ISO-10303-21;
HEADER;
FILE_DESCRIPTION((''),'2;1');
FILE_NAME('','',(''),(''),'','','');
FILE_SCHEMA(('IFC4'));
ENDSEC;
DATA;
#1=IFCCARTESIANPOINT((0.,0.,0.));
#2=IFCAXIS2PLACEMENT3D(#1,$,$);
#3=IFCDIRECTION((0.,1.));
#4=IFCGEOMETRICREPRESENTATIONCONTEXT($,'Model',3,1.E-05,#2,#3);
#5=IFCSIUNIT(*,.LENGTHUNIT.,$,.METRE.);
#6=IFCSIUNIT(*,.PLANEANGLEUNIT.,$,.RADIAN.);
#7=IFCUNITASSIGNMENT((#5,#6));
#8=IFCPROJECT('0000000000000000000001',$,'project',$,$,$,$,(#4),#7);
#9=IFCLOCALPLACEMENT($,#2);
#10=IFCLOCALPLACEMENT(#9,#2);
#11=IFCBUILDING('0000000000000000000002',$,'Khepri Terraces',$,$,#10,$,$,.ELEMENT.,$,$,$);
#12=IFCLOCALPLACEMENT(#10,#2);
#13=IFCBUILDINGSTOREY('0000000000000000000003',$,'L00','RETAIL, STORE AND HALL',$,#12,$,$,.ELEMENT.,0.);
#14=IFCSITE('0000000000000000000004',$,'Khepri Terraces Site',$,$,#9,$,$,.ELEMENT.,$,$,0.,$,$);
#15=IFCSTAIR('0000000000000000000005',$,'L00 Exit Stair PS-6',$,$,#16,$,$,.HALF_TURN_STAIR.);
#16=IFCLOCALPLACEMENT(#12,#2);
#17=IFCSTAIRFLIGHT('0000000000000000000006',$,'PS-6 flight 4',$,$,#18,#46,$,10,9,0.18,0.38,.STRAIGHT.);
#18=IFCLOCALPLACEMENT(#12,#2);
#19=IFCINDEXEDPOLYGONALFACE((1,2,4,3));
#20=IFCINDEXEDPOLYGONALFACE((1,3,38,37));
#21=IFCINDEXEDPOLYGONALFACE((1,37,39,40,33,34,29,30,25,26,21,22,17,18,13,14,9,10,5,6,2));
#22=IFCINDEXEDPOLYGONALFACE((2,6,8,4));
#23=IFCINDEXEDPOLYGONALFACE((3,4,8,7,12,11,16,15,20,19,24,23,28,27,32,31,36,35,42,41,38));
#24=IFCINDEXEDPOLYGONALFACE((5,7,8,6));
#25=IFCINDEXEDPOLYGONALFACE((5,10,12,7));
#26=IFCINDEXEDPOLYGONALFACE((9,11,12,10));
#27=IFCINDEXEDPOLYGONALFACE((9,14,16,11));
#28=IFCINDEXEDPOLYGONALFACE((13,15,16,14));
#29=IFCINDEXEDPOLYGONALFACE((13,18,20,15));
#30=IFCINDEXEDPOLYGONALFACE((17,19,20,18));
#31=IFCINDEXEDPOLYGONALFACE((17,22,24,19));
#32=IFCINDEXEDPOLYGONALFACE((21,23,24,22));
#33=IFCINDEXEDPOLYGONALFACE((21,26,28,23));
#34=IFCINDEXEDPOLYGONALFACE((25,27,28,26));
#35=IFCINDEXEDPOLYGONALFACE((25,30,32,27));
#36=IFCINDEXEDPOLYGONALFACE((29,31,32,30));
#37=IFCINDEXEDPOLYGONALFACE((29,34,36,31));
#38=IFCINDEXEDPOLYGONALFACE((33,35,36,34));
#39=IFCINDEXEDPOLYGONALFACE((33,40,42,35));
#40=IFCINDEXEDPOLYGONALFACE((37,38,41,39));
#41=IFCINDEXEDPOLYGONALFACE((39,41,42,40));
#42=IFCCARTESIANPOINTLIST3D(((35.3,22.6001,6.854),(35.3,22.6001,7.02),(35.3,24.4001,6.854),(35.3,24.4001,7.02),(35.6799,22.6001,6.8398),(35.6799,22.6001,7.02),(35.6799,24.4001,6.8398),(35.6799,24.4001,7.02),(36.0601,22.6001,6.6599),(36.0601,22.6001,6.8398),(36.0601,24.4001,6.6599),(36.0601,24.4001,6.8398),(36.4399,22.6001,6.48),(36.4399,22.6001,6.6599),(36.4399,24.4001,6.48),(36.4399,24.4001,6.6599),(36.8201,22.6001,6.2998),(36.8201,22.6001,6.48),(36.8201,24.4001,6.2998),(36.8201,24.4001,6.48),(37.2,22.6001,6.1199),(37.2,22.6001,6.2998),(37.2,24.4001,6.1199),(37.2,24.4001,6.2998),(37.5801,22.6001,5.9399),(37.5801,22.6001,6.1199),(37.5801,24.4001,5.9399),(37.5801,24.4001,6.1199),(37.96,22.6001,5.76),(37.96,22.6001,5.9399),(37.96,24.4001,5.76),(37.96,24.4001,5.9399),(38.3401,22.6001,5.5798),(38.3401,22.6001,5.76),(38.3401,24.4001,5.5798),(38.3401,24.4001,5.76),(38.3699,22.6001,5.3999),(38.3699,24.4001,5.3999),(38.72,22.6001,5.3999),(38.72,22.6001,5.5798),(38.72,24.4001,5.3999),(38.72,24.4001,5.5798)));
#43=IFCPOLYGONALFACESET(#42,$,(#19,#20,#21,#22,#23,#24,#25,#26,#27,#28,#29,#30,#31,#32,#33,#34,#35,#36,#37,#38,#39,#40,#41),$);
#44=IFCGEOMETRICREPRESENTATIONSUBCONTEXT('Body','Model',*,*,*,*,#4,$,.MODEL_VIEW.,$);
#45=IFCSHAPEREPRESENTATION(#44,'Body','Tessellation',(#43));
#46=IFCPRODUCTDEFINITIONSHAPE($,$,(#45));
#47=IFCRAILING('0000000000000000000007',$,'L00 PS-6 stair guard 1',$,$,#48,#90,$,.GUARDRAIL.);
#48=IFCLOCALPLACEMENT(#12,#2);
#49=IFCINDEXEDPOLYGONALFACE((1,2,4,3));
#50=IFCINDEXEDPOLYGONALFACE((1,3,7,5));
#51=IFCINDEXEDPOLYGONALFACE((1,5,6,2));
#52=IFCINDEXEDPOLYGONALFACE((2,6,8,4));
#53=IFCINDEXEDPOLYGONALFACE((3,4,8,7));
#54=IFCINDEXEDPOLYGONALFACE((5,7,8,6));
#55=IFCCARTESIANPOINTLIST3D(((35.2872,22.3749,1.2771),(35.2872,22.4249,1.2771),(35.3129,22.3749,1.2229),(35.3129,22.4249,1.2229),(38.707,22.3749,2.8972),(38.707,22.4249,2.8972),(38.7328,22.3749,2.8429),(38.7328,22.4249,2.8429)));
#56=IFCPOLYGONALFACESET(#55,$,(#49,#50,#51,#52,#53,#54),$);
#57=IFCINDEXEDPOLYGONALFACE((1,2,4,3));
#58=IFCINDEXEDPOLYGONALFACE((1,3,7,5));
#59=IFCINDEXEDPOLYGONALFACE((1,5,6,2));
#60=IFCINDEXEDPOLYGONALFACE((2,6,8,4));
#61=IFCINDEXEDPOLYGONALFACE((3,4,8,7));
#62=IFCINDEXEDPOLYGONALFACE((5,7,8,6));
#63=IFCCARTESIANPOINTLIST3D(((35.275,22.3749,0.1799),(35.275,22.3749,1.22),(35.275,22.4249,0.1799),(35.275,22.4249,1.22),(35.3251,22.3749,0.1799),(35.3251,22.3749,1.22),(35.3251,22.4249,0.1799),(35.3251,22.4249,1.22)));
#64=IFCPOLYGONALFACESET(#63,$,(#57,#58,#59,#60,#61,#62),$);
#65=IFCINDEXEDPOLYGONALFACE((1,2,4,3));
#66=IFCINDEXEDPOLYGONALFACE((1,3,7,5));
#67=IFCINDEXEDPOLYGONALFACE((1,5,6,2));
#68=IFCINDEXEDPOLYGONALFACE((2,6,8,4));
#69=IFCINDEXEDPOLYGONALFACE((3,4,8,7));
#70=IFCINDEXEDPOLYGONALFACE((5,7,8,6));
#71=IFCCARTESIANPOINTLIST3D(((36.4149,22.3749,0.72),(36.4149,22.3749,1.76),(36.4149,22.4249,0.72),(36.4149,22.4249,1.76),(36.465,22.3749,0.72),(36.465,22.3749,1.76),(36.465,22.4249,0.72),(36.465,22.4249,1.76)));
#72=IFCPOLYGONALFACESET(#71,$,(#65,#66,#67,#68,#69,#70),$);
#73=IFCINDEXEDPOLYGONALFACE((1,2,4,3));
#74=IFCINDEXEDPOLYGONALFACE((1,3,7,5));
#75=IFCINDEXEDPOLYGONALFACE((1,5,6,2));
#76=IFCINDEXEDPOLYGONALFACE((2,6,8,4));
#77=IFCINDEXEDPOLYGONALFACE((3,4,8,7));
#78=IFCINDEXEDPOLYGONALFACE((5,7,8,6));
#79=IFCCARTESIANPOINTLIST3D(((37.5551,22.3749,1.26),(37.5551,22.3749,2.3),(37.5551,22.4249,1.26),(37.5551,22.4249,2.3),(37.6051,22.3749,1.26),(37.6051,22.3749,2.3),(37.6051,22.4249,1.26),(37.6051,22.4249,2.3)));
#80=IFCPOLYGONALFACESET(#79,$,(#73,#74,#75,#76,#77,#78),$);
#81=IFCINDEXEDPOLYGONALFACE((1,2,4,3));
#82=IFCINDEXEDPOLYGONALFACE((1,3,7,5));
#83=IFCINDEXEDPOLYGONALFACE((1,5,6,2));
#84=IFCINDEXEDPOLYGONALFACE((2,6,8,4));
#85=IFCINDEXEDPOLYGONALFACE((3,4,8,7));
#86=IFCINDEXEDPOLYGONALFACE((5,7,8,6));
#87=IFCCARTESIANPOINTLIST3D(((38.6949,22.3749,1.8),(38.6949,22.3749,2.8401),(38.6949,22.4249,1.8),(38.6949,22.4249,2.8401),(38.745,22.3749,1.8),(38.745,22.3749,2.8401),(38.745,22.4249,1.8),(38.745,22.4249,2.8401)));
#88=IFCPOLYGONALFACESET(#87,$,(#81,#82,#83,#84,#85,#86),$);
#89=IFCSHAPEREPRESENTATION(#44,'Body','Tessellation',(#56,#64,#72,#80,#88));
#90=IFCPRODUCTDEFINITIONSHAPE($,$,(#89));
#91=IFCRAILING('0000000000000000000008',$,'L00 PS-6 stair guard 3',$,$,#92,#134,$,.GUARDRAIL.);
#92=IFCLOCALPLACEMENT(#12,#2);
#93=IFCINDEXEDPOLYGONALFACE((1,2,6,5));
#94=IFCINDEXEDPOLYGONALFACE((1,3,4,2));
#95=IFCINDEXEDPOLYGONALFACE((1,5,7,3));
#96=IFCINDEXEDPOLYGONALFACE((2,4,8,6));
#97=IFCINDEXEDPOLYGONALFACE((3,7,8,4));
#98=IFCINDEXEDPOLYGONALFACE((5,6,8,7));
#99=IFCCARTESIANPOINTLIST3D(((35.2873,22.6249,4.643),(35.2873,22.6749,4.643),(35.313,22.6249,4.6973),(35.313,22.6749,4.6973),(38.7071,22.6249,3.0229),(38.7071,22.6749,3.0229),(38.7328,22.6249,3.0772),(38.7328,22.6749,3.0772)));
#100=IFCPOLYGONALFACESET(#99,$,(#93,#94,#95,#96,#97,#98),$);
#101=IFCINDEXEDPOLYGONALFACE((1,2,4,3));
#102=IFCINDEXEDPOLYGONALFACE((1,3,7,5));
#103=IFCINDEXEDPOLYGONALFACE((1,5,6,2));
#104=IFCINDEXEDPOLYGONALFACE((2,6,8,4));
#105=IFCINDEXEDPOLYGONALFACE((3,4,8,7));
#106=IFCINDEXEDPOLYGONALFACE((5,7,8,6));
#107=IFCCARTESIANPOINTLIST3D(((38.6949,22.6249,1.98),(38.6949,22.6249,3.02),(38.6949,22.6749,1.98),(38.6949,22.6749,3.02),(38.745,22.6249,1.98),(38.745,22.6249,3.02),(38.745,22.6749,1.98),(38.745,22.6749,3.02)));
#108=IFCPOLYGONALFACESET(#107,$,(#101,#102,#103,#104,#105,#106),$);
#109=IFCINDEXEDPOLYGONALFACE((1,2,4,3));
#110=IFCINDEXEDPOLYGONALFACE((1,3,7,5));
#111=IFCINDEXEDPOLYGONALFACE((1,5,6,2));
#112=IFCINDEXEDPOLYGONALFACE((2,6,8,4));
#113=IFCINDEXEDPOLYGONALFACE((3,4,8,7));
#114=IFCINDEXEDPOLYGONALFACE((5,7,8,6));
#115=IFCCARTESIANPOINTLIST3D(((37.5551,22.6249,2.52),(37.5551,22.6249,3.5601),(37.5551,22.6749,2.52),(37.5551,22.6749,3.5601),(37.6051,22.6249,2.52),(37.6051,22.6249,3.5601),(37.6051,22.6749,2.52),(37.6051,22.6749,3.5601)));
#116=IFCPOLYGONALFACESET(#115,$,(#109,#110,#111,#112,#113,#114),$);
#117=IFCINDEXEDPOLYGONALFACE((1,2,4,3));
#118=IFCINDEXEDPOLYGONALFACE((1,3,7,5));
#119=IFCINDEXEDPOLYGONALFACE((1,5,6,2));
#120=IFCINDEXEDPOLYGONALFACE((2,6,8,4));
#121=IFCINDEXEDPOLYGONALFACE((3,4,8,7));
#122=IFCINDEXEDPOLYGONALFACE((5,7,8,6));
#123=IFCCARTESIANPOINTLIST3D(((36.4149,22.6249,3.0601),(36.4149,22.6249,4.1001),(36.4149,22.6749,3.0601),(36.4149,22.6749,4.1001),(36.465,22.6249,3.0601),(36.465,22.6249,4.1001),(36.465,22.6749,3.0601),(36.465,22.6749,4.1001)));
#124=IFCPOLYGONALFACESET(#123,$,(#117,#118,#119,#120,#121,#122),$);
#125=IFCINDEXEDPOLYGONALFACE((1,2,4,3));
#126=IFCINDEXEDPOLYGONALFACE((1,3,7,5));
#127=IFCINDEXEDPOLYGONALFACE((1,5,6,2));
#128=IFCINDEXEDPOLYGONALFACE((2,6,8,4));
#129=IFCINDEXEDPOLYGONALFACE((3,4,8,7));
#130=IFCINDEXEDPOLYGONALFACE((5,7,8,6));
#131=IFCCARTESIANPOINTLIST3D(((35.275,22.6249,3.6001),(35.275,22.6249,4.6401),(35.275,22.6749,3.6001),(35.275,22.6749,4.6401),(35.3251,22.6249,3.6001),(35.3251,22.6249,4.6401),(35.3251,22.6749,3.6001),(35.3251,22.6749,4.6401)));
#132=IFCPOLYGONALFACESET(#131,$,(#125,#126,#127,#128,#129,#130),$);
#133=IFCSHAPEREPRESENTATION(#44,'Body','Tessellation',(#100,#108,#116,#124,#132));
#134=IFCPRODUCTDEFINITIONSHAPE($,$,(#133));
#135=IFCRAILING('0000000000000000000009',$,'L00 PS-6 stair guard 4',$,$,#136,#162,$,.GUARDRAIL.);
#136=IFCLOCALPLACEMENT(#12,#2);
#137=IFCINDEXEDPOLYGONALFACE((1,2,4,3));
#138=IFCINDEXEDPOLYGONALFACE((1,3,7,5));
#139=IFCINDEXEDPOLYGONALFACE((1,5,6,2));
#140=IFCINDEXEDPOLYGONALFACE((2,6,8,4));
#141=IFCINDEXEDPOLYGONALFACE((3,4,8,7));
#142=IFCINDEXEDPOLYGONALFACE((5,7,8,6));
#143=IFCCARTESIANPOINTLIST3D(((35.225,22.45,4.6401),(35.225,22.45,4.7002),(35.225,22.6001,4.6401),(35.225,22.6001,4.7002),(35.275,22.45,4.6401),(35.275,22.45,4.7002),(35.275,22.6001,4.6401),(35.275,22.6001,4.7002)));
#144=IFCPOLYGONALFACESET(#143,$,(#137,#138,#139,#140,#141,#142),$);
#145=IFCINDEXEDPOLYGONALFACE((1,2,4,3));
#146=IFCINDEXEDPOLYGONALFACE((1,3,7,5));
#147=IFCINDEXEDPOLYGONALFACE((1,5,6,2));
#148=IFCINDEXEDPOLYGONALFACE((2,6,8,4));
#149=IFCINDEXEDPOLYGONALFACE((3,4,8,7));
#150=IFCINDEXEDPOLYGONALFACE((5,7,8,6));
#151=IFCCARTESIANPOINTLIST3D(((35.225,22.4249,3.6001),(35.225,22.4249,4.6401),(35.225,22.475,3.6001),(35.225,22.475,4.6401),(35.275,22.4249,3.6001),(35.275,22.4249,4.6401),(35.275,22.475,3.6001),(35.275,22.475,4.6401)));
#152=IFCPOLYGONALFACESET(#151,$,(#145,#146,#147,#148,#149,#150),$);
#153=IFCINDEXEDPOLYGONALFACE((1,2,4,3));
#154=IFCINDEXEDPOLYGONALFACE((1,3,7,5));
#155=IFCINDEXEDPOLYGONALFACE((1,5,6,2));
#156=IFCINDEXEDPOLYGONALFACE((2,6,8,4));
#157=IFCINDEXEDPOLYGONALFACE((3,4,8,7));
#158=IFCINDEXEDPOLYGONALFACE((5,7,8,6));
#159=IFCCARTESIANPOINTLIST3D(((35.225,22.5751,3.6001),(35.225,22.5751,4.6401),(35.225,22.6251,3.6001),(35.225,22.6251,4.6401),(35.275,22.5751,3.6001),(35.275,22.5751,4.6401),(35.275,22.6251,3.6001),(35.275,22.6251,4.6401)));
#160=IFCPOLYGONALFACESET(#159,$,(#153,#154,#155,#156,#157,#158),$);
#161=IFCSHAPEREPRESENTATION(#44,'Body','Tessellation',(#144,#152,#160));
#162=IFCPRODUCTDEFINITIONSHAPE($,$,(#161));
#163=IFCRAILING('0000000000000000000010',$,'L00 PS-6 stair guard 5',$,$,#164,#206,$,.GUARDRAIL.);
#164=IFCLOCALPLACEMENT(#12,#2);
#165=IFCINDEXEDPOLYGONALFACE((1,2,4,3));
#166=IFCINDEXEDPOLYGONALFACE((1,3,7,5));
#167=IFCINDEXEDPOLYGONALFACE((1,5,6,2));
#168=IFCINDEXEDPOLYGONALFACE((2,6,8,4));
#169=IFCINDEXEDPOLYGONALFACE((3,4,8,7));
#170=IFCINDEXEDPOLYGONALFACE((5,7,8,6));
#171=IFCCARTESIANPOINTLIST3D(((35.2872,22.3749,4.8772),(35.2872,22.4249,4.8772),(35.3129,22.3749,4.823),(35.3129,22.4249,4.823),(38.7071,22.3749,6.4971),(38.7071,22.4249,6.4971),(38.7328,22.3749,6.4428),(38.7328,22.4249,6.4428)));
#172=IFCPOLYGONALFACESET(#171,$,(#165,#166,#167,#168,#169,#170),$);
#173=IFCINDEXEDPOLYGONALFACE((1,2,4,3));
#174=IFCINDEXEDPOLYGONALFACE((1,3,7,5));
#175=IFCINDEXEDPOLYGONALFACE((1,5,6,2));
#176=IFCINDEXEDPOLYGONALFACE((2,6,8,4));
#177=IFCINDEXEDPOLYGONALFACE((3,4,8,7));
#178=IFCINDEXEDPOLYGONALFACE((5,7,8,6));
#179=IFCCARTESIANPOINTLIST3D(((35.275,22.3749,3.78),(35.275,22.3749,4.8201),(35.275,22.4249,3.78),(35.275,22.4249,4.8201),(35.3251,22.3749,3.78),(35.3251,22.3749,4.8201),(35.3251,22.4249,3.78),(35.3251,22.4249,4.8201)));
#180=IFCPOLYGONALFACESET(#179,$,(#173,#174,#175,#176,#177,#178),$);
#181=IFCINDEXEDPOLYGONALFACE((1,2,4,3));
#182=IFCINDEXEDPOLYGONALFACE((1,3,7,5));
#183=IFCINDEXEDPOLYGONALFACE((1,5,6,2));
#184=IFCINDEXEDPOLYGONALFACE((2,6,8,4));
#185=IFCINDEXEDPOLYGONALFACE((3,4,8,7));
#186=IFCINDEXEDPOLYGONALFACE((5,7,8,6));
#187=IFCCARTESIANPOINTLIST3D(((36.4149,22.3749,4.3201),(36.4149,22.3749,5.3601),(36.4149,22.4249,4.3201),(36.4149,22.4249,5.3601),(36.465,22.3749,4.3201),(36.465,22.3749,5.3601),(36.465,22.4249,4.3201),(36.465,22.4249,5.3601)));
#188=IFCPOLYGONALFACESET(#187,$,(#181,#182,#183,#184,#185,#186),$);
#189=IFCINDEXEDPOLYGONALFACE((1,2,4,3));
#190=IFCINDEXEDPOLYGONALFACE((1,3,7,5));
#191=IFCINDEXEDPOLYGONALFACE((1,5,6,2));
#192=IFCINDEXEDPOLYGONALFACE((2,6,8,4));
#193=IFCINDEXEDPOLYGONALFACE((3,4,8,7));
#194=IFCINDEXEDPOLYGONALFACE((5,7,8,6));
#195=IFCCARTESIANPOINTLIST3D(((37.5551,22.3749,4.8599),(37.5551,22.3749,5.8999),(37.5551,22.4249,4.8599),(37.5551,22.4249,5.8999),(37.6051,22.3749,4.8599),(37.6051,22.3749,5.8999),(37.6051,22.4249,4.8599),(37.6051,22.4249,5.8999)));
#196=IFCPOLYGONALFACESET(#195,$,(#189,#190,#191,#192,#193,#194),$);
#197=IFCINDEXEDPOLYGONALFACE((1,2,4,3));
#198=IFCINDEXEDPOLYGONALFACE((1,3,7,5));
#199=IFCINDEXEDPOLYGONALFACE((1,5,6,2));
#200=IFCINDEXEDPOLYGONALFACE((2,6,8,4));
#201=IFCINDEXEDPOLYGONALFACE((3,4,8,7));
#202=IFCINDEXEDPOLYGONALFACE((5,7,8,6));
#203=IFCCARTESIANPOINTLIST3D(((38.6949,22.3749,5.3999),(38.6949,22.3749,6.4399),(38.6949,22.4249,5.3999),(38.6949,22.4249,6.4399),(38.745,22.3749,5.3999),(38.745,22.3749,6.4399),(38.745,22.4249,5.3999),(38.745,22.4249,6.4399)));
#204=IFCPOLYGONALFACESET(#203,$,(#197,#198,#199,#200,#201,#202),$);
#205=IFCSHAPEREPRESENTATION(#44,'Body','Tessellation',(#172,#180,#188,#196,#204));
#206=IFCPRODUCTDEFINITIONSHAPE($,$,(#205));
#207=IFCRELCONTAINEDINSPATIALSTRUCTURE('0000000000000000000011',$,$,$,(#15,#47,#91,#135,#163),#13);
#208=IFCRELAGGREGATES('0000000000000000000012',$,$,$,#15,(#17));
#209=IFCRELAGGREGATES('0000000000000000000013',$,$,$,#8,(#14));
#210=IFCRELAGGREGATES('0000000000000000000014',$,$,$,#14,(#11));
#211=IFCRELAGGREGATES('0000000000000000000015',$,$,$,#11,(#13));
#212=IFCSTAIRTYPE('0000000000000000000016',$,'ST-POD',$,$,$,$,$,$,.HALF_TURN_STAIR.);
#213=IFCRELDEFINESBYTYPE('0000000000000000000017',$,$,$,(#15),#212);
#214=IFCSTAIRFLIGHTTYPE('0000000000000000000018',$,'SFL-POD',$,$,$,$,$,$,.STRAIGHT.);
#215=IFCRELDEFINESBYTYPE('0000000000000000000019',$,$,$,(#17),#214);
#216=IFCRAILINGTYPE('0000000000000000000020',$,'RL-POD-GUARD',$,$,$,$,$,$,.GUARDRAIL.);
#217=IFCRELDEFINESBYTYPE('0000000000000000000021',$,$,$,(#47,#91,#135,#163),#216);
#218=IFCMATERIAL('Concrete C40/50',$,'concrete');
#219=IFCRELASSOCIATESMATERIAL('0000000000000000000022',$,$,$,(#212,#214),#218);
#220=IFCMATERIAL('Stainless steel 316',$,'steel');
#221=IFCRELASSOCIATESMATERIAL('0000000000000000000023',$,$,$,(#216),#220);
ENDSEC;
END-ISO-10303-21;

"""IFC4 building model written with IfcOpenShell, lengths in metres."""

from ifc_helpers import new_model, si_unit, direction, frame, origin, origin_2d, place, context, subcontext, project, spatial, polyline, rectangle, outline, extrude, material, type_object, element, aggregate, save


model = new_model("IFC4")

# Units and contexts
model_context = context("Model", 3, precision=1e-05, world=origin(), true_north=direction((0.0, 1.0)))
body_context = subcontext(model_context, "Body", "Model", "MODEL_VIEW")
ifc_project = project(units=[si_unit("LENGTHUNIT", "METRE"), si_unit("PLANEANGLEUNIT", "RADIAN")], contexts=[model_context])

# Site, building, storey
site_placement = place(None, origin())
site = spatial("IfcSite", under=ifc_project, at=site_placement, Name="Khepri Terraces Site", CompositionType="ELEMENT", RefElevation=0.0)
building_placement = place(site_placement, origin())
building = spatial("IfcBuilding", under=site, at=building_placement, Name="Khepri Terraces", CompositionType="ELEMENT")
storey_placement = place(building_placement, origin())
storey = spatial("IfcBuildingStorey", under=building, at=storey_placement, Name="L00", Description="RETAIL, STORE AND HALL", CompositionType="ELEMENT", Elevation=0.0)

# Shared definitions
ifc_material_1 = material(Name="Concrete C40/50", Category="concrete")

# Stair, stair flight
stair_type = type_object("IfcStairType", Name="ST-POD", PredefinedType="HALF_TURN_STAIR", material=ifc_material_1)
stair_placement = place(storey_placement, origin())
stair = element("IfcStair", 1, at=stair_placement, inside=storey, type_object=stair_type, Name="L00 Exit Stair PS-6", PredefinedType="HALF_TURN_STAIR")
stair_flight_type = type_object("IfcStairFlightType", Name="SFL-POD", PredefinedType="STRAIGHT", material=ifc_material_1)
stair_flight_1_placement = place(storey_placement, frame((38.72, 23.5, 5.3999), z_axis=(0.0, 0.0, 1.0), x_axis=(-1.0, 0.0, 0.0)))
stair_flight_1 = element("IfcStairFlight", 2, at=stair_flight_1_placement, type_object=stair_flight_type, Name="PS-6 flight 4", NumberOfRisers=10, NumberOfTreads=9, PredefinedType="STRAIGHT", RiserHeight=0.18, TreadLength=0.38, context=body_context, shape_type="SweptSolid", body=[
    extrude(outline(polyline([(0.0, 0.0), (0.0, 0.1799), (0.3799, 0.1799), (0.3799, 0.3601), (0.76, 0.3601), (0.76, 0.54), (1.1399, 0.54), (1.1399, 0.72), (1.52, 0.72), (1.52, 0.8999), (1.8999, 0.8999), (1.8999, 1.0801), (2.28, 1.0801), (2.28, 1.26), (2.6599, 1.26), (2.6599, 1.4399), (3.04, 1.4399), (3.04, 1.6201), (3.4199, 1.6201), (3.4199, 1.8), (3.4199, 1.4541), (0.3501, 0.0), (0.0, 0.0)])), frame((0.0, 0.8999, 0.0), z_axis=(0.0, -1.0, 0.0), x_axis=(1.0, 0.0, 0.0)), (0.0, 0.0, 1.0), 1.8),
])
aggregate(stair, [stair_flight_1])

# Railings
ifc_material_2 = material(Name="Stainless steel 316", Category="steel")
railing_type_1 = type_object("IfcRailingType", Name="RL-POD-GUARD", PredefinedType="GUARDRAIL", material=ifc_material_2)
railing_1_placement = place(storey_placement, frame((35.3, 22.3999, 0.1799)))
element("IfcRailing", 3, at=railing_1_placement, inside=storey, type_object=railing_type_1, Name="L00 PS-6 stair guard 1", PredefinedType="GUARDRAIL", context=body_context, shape_type="SweptSolid", body=[
    extrude(rectangle(XDim=0.05, YDim=0.0601, at=origin_2d()), frame((0.0, 0.0, 1.0701), z_axis=(0.903722, 0.0, 0.42812), x_axis=(0.0, 1.0, 0.0)), (0.0, 0.0, 1.0), 3.7842),
    extrude(rectangle(XDim=0.05, YDim=0.05, at=origin_2d()), origin(), (0.0, 0.0, 1.0), 1.04),
    extrude(rectangle(XDim=0.05, YDim=0.05, at=origin_2d()), frame((1.1399, 0.0, 0.54)), (0.0, 0.0, 1.0), 1.04),
    extrude(rectangle(XDim=0.05, YDim=0.05, at=origin_2d()), frame((2.28, 0.0, 1.0801)), (0.0, 0.0, 1.0), 1.04),
    extrude(rectangle(XDim=0.05, YDim=0.05, at=origin_2d()), frame((3.4199, 0.0, 1.6201)), (0.0, 0.0, 1.0), 1.04),
])
railing_2_placement = place(storey_placement, frame((38.72, 22.6499, 1.98)))
element("IfcRailing", 4, at=railing_2_placement, inside=storey, type_object=railing_type_1, Name="L00 PS-6 stair guard 3", PredefinedType="GUARDRAIL", context=body_context, shape_type="SweptSolid", body=[
    extrude(rectangle(XDim=0.05, YDim=0.0601, at=origin_2d()), frame((0.0, 0.0, 1.0701), z_axis=(-0.903722, 0.0, 0.42812), x_axis=(0.0, -1.0, 0.0)), (0.0, 0.0, 1.0), 3.7842),
    extrude(rectangle(XDim=0.05, YDim=0.05, at=origin_2d()), origin(), (0.0, 0.0, 1.0), 1.04),
    extrude(rectangle(XDim=0.05, YDim=0.05, at=origin_2d()), frame((-1.1399, 0.0, 0.54)), (0.0, 0.0, 1.0), 1.04),
    extrude(rectangle(XDim=0.05, YDim=0.05, at=origin_2d()), frame((-2.28, 0.0, 1.0801)), (0.0, 0.0, 1.0), 1.04),
    extrude(rectangle(XDim=0.05, YDim=0.05, at=origin_2d()), frame((-3.4199, 0.0, 1.6201)), (0.0, 0.0, 1.0), 1.04),
])
railing_3_placement = place(storey_placement, frame((35.25, 22.45, 3.6001)))
element("IfcRailing", 5, at=railing_3_placement, inside=storey, type_object=railing_type_1, Name="L00 PS-6 stair guard 4", PredefinedType="GUARDRAIL", context=body_context, shape_type="SweptSolid", body=[
    extrude(rectangle(XDim=0.05, YDim=0.0601, at=origin_2d()), frame((0.0, 0.0, 1.0701), z_axis=(0.0, 1.0, 0.0), x_axis=(-1.0, 0.0, 0.0)), (0.0, 0.0, 1.0), 0.1501),
    extrude(rectangle(XDim=0.05, YDim=0.05, at=origin_2d()), origin(), (0.0, 0.0, 1.0), 1.04),
    extrude(rectangle(XDim=0.05, YDim=0.05, at=origin_2d()), frame((0.0, 0.1501, 0.0)), (0.0, 0.0, 1.0), 1.04),
])
railing_4_placement = place(storey_placement, frame((35.3, 22.3999, 3.78)))
element("IfcRailing", 6, at=railing_4_placement, inside=storey, type_object=railing_type_1, Name="L00 PS-6 stair guard 5", PredefinedType="GUARDRAIL", context=body_context, shape_type="SweptSolid", body=[
    extrude(rectangle(XDim=0.05, YDim=0.0601, at=origin_2d()), frame((0.0, 0.0, 1.0701), z_axis=(0.903747, 0.0, 0.428067), x_axis=(0.0, 1.0, 0.0)), (0.0, 0.0, 1.0), 3.7842),
    extrude(rectangle(XDim=0.05, YDim=0.05, at=origin_2d()), origin(), (0.0, 0.0, 1.0), 1.04),
    extrude(rectangle(XDim=0.05, YDim=0.05, at=origin_2d()), frame((1.1399, 0.0, 0.54)), (0.0, 0.0, 1.0), 1.04),
    extrude(rectangle(XDim=0.05, YDim=0.05, at=origin_2d()), frame((2.28, 0.0, 1.0798)), (0.0, 0.0, 1.0), 1.04),
    extrude(rectangle(XDim=0.05, YDim=0.05, at=origin_2d()), frame((3.4199, 0.0, 1.6199)), (0.0, 0.0, 1.0), 1.04),
])

save(model, "model.ifc")
